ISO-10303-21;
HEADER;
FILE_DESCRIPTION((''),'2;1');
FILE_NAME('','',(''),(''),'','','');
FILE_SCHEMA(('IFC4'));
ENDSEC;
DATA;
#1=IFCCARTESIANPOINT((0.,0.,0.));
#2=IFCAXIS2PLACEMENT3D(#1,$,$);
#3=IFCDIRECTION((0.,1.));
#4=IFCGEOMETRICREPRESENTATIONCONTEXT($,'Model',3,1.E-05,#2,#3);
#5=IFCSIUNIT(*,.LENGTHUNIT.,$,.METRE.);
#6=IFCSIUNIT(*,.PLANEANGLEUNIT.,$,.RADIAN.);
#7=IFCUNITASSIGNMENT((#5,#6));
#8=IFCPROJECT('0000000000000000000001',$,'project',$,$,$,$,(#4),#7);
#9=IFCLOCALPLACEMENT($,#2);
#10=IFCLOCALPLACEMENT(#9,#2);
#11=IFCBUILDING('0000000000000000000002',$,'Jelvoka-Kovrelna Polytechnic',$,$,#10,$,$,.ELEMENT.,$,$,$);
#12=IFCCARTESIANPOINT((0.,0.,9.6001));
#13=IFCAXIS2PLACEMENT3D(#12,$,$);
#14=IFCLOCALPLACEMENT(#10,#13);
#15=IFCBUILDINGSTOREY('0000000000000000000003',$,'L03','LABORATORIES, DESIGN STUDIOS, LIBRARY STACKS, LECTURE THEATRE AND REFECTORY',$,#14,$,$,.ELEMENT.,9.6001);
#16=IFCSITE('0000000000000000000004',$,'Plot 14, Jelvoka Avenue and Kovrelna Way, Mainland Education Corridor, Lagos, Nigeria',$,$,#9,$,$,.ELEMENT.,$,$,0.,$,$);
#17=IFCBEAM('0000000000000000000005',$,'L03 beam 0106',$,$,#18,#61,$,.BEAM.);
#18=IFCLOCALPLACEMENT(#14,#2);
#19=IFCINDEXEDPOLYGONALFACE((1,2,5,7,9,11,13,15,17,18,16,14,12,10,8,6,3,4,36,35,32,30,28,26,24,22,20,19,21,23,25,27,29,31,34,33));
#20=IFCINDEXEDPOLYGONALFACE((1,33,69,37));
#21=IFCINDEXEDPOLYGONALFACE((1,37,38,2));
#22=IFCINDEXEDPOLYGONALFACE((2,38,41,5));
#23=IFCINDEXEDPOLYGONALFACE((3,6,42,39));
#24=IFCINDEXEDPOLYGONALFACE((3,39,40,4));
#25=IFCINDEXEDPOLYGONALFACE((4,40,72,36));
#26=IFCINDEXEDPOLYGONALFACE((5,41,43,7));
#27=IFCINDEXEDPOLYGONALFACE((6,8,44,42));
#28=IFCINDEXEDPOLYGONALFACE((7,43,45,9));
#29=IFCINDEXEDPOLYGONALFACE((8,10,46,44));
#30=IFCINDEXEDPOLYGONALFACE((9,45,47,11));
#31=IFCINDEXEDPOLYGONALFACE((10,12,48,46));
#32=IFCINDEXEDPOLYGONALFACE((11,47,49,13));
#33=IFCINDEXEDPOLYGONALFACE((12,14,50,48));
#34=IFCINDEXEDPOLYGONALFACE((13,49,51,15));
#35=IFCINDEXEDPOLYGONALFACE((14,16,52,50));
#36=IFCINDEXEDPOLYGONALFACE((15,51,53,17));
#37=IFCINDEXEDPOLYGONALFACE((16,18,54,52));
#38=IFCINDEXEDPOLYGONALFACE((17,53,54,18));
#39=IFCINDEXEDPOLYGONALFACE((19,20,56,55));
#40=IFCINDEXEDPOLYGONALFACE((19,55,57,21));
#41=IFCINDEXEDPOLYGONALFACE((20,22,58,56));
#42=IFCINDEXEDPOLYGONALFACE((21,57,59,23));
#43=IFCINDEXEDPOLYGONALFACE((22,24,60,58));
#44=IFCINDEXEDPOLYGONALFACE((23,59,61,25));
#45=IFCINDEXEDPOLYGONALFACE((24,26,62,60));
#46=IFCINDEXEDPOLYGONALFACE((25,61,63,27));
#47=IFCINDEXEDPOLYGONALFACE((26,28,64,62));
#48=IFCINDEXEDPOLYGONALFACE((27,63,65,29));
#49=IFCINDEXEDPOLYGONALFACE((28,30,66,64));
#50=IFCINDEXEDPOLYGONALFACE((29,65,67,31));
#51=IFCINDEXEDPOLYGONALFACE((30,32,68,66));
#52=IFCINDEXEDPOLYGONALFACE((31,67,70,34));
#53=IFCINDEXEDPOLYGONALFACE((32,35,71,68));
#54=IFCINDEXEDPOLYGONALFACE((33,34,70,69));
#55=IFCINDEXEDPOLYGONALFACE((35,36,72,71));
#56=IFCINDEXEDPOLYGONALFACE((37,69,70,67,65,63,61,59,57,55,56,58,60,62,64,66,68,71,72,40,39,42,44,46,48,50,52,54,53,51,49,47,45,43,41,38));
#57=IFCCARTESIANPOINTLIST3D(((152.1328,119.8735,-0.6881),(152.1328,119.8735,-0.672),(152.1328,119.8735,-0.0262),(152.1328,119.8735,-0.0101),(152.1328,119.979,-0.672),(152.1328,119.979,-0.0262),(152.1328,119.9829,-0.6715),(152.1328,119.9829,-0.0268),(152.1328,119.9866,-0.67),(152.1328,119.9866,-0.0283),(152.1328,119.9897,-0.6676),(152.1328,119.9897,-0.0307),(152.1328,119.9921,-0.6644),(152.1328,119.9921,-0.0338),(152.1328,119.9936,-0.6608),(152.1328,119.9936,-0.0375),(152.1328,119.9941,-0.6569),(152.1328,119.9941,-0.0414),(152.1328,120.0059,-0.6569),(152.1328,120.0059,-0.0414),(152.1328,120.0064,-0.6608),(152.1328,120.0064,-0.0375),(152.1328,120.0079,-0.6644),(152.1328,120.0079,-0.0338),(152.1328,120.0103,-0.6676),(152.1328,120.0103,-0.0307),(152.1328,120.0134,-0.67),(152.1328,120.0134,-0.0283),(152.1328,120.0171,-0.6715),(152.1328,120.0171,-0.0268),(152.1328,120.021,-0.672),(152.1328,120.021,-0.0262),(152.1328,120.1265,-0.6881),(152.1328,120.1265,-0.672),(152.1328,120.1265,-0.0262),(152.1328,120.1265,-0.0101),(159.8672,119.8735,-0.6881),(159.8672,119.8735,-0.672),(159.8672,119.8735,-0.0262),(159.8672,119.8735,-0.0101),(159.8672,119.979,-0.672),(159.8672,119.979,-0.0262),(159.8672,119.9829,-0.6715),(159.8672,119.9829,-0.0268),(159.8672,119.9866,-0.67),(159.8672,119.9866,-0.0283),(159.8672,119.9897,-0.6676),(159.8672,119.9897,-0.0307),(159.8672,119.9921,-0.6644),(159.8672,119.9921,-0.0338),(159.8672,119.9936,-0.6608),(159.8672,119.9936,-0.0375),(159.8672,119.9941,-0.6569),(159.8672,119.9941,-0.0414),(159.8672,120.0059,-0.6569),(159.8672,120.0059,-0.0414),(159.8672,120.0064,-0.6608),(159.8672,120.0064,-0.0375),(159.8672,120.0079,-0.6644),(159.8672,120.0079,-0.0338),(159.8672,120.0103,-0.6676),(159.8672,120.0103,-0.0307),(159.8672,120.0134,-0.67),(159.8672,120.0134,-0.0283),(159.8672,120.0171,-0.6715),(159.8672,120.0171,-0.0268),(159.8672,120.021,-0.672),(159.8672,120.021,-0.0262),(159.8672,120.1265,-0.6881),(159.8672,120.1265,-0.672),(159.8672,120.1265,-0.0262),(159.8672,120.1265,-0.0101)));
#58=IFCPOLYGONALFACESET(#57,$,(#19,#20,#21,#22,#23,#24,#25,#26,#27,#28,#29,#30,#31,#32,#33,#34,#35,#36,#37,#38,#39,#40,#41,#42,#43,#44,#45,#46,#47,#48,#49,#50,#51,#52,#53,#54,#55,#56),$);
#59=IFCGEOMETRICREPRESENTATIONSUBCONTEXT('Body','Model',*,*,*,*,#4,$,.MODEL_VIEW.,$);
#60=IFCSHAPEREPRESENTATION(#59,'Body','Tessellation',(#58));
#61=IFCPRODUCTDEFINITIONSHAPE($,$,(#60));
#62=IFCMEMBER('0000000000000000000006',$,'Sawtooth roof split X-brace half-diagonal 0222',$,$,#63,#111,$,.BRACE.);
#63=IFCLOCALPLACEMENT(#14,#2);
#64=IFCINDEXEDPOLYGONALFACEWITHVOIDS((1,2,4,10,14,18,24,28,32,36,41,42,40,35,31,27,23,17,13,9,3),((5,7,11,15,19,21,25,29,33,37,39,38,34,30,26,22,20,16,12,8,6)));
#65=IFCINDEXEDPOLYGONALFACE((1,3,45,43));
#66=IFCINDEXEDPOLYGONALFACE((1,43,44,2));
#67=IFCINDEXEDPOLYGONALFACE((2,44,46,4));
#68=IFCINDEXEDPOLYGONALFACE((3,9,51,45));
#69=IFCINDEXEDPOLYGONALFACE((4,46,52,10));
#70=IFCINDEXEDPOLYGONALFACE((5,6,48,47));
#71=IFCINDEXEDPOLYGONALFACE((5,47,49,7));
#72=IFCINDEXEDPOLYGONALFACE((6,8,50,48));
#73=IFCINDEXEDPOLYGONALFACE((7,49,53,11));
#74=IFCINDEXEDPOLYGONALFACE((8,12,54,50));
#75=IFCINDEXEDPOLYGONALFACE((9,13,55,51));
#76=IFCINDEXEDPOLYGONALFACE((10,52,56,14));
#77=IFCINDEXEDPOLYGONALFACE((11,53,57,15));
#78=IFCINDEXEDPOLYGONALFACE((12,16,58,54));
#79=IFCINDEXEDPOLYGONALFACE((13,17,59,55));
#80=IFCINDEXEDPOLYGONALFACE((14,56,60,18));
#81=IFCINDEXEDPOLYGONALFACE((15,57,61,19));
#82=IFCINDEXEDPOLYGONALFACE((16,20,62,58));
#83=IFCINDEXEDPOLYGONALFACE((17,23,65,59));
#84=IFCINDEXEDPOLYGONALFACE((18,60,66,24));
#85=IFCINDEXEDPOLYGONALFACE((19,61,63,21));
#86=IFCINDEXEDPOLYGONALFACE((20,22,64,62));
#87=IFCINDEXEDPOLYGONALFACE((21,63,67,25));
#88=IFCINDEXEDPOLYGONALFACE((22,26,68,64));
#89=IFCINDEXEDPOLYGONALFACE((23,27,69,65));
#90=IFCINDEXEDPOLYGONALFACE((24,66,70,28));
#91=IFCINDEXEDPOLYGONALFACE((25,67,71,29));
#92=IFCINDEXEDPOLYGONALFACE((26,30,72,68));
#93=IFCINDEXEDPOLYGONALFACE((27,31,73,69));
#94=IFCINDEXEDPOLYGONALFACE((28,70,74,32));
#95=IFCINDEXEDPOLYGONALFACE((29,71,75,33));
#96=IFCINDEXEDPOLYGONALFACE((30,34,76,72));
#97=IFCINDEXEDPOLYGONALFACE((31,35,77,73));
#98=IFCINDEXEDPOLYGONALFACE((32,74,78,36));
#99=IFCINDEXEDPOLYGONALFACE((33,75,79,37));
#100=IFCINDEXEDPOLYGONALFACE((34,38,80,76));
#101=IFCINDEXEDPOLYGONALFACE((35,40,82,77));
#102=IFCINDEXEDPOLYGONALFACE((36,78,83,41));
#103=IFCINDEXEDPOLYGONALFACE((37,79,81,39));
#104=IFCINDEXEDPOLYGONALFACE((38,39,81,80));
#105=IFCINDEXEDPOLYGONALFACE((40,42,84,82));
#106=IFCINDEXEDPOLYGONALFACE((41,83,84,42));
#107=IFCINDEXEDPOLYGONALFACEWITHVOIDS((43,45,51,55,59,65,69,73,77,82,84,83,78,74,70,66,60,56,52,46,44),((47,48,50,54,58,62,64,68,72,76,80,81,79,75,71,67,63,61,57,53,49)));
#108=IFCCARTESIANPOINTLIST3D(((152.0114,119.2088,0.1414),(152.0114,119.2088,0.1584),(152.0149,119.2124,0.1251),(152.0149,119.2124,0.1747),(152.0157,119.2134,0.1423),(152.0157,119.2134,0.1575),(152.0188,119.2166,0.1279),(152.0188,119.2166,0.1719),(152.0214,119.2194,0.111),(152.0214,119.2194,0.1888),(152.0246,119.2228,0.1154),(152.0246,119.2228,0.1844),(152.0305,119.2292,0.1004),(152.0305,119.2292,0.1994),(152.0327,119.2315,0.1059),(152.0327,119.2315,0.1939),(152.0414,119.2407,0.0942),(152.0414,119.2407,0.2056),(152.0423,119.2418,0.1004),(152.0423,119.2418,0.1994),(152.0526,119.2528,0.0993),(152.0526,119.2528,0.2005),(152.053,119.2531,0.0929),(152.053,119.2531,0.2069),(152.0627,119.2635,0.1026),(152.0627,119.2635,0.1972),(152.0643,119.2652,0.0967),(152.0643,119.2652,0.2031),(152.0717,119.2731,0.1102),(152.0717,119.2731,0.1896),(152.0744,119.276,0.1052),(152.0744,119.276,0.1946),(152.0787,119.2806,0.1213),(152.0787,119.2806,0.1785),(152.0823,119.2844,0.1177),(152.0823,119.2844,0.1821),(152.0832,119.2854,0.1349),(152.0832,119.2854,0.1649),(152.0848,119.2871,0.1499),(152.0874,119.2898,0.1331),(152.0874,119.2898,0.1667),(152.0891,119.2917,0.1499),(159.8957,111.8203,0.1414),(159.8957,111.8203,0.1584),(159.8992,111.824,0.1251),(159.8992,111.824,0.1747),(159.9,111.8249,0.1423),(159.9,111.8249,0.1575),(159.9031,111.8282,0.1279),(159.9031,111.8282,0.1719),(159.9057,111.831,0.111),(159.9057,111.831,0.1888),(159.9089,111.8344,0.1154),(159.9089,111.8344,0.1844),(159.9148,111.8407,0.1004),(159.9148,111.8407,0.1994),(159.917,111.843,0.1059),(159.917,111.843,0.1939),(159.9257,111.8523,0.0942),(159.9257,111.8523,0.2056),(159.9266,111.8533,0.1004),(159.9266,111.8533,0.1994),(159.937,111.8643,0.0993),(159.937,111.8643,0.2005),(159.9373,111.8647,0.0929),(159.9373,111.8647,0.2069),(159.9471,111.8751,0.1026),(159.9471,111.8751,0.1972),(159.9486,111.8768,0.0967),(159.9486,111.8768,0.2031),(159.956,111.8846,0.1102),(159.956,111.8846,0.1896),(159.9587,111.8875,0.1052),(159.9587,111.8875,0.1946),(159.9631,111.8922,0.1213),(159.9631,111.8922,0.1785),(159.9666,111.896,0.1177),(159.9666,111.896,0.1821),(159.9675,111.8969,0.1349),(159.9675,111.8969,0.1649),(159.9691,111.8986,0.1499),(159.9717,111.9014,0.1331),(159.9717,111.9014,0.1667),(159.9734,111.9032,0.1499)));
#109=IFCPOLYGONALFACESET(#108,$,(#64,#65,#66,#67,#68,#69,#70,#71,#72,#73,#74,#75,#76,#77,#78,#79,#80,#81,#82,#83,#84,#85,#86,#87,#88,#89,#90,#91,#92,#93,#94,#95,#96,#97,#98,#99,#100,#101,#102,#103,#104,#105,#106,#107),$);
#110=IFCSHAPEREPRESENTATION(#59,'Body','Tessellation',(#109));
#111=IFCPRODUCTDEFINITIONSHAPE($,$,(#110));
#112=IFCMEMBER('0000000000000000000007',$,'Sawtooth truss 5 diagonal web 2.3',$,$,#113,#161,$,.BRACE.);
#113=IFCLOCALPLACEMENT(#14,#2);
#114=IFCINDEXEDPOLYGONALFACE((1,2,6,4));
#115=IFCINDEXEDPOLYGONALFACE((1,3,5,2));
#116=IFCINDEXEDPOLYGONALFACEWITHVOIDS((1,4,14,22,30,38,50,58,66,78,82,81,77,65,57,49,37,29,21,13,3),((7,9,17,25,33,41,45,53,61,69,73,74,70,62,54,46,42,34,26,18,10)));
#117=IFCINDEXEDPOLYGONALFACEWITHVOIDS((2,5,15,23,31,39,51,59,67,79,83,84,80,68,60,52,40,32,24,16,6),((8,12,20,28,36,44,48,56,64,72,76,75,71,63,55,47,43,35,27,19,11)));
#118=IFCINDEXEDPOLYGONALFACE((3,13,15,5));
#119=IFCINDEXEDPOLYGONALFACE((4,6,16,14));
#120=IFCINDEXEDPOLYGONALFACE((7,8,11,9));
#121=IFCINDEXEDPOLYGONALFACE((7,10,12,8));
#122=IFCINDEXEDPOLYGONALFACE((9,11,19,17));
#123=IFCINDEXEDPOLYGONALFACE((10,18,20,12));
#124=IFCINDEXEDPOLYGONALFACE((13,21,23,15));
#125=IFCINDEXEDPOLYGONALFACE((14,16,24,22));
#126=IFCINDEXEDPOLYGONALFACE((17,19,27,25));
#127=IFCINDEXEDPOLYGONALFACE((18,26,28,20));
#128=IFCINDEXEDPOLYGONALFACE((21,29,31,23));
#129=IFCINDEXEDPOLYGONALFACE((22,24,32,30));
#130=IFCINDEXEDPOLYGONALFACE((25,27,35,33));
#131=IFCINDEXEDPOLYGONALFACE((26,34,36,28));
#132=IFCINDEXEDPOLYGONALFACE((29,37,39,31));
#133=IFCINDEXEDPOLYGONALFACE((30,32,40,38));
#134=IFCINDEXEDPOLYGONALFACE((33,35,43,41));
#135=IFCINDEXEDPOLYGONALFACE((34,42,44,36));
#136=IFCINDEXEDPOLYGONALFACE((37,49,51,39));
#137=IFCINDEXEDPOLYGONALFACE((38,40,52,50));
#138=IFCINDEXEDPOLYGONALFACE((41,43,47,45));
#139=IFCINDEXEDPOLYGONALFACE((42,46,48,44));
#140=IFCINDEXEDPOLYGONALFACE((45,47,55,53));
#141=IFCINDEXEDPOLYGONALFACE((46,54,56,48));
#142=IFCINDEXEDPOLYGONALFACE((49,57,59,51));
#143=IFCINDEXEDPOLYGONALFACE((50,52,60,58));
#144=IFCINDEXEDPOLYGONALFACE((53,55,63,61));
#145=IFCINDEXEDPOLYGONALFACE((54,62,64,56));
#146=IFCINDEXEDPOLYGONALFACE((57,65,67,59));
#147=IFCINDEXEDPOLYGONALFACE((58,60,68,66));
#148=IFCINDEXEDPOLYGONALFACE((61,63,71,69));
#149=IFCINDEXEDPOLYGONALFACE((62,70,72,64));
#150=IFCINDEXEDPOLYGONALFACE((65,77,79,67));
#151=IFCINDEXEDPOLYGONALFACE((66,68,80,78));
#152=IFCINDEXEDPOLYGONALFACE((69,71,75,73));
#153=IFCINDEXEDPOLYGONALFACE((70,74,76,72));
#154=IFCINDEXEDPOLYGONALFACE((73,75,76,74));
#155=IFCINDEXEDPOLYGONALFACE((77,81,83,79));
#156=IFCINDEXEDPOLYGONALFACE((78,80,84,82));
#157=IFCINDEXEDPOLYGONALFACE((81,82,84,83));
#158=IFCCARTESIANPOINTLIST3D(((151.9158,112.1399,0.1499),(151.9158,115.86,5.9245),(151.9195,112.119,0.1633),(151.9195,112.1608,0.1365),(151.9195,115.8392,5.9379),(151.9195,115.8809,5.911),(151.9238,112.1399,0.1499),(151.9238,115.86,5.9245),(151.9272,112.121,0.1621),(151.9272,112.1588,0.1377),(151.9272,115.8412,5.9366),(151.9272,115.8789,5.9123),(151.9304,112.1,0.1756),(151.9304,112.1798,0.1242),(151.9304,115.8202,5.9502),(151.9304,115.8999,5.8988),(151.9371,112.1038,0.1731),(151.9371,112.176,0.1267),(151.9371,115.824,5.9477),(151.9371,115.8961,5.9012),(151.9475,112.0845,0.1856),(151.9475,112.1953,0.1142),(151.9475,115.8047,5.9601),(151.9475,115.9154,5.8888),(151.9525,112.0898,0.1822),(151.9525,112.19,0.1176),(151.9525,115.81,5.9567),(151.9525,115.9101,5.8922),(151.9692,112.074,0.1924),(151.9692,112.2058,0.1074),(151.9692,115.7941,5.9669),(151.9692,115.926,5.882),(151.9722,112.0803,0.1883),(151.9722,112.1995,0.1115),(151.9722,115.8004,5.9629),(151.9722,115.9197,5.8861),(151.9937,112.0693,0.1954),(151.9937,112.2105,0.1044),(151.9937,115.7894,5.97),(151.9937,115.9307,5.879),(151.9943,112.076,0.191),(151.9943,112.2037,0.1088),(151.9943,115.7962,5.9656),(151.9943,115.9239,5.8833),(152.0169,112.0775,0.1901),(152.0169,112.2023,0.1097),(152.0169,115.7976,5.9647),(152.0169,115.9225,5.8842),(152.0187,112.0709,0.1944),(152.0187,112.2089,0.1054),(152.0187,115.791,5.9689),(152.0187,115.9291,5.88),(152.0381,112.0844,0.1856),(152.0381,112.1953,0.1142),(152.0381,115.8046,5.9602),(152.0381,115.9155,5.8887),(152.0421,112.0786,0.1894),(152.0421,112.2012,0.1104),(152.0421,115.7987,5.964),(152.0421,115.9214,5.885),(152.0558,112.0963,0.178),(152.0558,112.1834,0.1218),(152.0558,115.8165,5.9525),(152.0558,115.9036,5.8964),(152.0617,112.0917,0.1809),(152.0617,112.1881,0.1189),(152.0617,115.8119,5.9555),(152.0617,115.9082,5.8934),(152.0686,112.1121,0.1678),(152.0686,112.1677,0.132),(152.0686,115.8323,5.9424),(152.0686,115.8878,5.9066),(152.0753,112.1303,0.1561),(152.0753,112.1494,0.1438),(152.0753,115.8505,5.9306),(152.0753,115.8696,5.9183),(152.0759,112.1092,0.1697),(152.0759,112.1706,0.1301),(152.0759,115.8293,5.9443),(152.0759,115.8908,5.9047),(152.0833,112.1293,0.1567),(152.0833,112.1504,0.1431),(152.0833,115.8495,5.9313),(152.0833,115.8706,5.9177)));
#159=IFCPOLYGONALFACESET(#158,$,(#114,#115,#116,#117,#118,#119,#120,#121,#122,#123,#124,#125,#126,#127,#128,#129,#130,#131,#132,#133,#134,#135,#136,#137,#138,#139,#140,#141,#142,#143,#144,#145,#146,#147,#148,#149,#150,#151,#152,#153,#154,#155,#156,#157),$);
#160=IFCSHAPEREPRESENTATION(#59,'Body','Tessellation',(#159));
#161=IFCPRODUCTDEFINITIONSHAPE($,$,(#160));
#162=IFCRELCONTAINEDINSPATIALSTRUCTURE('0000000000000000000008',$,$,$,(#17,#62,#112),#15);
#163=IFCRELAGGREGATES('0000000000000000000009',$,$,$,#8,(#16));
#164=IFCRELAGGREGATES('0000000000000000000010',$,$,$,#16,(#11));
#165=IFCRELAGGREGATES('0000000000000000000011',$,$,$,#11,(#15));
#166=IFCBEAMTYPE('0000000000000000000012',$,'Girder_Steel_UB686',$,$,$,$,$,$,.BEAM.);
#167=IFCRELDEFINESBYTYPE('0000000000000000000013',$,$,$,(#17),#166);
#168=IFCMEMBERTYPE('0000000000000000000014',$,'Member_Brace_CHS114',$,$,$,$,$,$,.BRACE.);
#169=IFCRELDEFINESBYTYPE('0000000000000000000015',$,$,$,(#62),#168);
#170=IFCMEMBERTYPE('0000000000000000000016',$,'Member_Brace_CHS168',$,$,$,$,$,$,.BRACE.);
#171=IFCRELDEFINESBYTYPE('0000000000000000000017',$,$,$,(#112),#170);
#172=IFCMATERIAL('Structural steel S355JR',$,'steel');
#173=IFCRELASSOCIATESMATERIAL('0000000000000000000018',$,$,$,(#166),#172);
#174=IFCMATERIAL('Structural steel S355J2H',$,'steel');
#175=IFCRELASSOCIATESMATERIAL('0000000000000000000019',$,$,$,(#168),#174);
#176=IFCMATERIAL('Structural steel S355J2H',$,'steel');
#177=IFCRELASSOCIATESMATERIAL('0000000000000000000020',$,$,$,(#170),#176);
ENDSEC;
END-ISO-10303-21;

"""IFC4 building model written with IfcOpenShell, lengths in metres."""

from ifc_helpers import new_model, si_unit, direction, frame, origin, origin_2d, place, context, subcontext, project, spatial, hollow_circle, i_section, extrude, material, material_profile, profile_set, type_object, element, save


model = new_model("IFC4")

# Units and contexts
model_context = context("Model", 3, precision=1e-05, world=origin(), true_north=direction((0.0, 1.0)))
body_context = subcontext(model_context, "Body", "Model", "MODEL_VIEW")
ifc_project = project(units=[si_unit("LENGTHUNIT", "METRE"), si_unit("PLANEANGLEUNIT", "RADIAN")], contexts=[model_context])

# Site, building, storey
site_placement = place(None, origin())
site = spatial("IfcSite", under=ifc_project, at=site_placement, Name="Plot 14, Jelvoka Avenue and Kovrelna Way, Mainland Education Corridor, Lagos, Nigeria", CompositionType="ELEMENT", RefElevation=0.0)
building_placement = place(site_placement, origin())
building = spatial("IfcBuilding", under=site, at=building_placement, Name="Jelvoka-Kovrelna Polytechnic", CompositionType="ELEMENT")
storey_placement = place(building_placement, frame((0.0, 0.0, 9.6001)))
storey = spatial("IfcBuildingStorey", under=building, at=storey_placement, Name="L03", Description="LABORATORIES, DESIGN STUDIOS, LIBRARY STACKS, LECTURE THEATRE AND REFECTORY", CompositionType="ELEMENT", Elevation=9.6001)

# Beam
ifc_material_1 = material(Name="Structural steel S355JR", Category="steel")
ifc_material_profile_1 = material_profile(ifc_material_1, i_section(OverallWidth=0.2529, OverallDepth=0.678, WebThickness=0.0117, FlangeThickness=0.0161, FilletRadius=0.0151, at=origin_2d()), Name="686x254x125 UB")
ifc_profile_set_1 = profile_set([ifc_material_profile_1], Name="Structural steel S355JR")
beam_type_1 = type_object("IfcBeamType", Name="Girder_Steel_UB686", PredefinedType="BEAM", material=ifc_profile_set_1)
beam_1_placement = place(storey_placement, frame((152.1328, 120.0, -0.3491), z_axis=(1.0, 0.0, 0.0), x_axis=(0.0, 1.0, 0.0)))
element("IfcBeam", 1, at=beam_1_placement, inside=storey, type_object=beam_type_1, Name="L03 beam 0106", PredefinedType="BEAM", context=body_context, shape_type="SweptSolid", body=[
    extrude(i_section(OverallWidth=0.2529, OverallDepth=0.678, WebThickness=0.0117, FlangeThickness=0.0161, FilletRadius=0.0151, at=origin_2d()), origin(), (0.0, 0.0, 1.0), 7.7344),
])

# Members
ifc_material_2 = material(Name="Structural steel S355J2H", Category="steel")
ifc_material_profile_2 = material_profile(ifc_material_2, hollow_circle(Radius=0.0571, WallThickness=0.0063, at=origin_2d()), Name="114.3x6.3 CHS")
ifc_profile_set_2 = profile_set([ifc_material_profile_2], Name="Structural steel S355J2H")
member_type_1 = type_object("IfcMemberType", Name="Member_Brace_CHS114", PredefinedType="BRACE", material=ifc_profile_set_2)
member_1_placement = place(storey_placement, frame((152.05, 119.25, 0.1499), z_axis=(0.72968, -0.683789, 0.0), x_axis=(0.683789, 0.72968, 0.0)))
element("IfcMember", 2, at=member_1_placement, inside=storey, type_object=member_type_1, Name="Sawtooth roof split X-brace half-diagonal 0222", PredefinedType="BRACE", context=body_context, shape_type="SweptSolid", body=[
    extrude(hollow_circle(Radius=0.0571, WallThickness=0.0063, at=origin_2d()), origin(), (0.0, 0.0, 1.0), 10.8052),
])
ifc_material_3 = material(Name="Structural steel S355J2H", Category="steel")
ifc_material_profile_3 = material_profile(ifc_material_3, hollow_circle(Radius=0.0842, WallThickness=0.0081, at=origin_2d()), Name="168.3x8.0 CHS")
ifc_profile_set_3 = profile_set([ifc_material_profile_3], Name="Structural steel S355J2H")
member_type_2 = type_object("IfcMemberType", Name="Member_Brace_CHS168", PredefinedType="BRACE", material=ifc_profile_set_3)
member_2_placement = place(storey_placement, frame((152.0, 112.1399, 0.1499), z_axis=(0.0, 0.541575, 0.840653), x_axis=(-1.0, 0.0, 0.0)))
element("IfcMember", 3, at=member_2_placement, inside=storey, type_object=member_type_2, Name="Sawtooth truss 5 diagonal web 2.3", PredefinedType="BRACE", context=body_context, shape_type="SweptSolid", body=[
    extrude(hollow_circle(Radius=0.0842, WallThickness=0.0081, at=origin_2d()), origin(), (0.0, 0.0, 1.0), 6.8691),
])

save(model, "model.ifc")
